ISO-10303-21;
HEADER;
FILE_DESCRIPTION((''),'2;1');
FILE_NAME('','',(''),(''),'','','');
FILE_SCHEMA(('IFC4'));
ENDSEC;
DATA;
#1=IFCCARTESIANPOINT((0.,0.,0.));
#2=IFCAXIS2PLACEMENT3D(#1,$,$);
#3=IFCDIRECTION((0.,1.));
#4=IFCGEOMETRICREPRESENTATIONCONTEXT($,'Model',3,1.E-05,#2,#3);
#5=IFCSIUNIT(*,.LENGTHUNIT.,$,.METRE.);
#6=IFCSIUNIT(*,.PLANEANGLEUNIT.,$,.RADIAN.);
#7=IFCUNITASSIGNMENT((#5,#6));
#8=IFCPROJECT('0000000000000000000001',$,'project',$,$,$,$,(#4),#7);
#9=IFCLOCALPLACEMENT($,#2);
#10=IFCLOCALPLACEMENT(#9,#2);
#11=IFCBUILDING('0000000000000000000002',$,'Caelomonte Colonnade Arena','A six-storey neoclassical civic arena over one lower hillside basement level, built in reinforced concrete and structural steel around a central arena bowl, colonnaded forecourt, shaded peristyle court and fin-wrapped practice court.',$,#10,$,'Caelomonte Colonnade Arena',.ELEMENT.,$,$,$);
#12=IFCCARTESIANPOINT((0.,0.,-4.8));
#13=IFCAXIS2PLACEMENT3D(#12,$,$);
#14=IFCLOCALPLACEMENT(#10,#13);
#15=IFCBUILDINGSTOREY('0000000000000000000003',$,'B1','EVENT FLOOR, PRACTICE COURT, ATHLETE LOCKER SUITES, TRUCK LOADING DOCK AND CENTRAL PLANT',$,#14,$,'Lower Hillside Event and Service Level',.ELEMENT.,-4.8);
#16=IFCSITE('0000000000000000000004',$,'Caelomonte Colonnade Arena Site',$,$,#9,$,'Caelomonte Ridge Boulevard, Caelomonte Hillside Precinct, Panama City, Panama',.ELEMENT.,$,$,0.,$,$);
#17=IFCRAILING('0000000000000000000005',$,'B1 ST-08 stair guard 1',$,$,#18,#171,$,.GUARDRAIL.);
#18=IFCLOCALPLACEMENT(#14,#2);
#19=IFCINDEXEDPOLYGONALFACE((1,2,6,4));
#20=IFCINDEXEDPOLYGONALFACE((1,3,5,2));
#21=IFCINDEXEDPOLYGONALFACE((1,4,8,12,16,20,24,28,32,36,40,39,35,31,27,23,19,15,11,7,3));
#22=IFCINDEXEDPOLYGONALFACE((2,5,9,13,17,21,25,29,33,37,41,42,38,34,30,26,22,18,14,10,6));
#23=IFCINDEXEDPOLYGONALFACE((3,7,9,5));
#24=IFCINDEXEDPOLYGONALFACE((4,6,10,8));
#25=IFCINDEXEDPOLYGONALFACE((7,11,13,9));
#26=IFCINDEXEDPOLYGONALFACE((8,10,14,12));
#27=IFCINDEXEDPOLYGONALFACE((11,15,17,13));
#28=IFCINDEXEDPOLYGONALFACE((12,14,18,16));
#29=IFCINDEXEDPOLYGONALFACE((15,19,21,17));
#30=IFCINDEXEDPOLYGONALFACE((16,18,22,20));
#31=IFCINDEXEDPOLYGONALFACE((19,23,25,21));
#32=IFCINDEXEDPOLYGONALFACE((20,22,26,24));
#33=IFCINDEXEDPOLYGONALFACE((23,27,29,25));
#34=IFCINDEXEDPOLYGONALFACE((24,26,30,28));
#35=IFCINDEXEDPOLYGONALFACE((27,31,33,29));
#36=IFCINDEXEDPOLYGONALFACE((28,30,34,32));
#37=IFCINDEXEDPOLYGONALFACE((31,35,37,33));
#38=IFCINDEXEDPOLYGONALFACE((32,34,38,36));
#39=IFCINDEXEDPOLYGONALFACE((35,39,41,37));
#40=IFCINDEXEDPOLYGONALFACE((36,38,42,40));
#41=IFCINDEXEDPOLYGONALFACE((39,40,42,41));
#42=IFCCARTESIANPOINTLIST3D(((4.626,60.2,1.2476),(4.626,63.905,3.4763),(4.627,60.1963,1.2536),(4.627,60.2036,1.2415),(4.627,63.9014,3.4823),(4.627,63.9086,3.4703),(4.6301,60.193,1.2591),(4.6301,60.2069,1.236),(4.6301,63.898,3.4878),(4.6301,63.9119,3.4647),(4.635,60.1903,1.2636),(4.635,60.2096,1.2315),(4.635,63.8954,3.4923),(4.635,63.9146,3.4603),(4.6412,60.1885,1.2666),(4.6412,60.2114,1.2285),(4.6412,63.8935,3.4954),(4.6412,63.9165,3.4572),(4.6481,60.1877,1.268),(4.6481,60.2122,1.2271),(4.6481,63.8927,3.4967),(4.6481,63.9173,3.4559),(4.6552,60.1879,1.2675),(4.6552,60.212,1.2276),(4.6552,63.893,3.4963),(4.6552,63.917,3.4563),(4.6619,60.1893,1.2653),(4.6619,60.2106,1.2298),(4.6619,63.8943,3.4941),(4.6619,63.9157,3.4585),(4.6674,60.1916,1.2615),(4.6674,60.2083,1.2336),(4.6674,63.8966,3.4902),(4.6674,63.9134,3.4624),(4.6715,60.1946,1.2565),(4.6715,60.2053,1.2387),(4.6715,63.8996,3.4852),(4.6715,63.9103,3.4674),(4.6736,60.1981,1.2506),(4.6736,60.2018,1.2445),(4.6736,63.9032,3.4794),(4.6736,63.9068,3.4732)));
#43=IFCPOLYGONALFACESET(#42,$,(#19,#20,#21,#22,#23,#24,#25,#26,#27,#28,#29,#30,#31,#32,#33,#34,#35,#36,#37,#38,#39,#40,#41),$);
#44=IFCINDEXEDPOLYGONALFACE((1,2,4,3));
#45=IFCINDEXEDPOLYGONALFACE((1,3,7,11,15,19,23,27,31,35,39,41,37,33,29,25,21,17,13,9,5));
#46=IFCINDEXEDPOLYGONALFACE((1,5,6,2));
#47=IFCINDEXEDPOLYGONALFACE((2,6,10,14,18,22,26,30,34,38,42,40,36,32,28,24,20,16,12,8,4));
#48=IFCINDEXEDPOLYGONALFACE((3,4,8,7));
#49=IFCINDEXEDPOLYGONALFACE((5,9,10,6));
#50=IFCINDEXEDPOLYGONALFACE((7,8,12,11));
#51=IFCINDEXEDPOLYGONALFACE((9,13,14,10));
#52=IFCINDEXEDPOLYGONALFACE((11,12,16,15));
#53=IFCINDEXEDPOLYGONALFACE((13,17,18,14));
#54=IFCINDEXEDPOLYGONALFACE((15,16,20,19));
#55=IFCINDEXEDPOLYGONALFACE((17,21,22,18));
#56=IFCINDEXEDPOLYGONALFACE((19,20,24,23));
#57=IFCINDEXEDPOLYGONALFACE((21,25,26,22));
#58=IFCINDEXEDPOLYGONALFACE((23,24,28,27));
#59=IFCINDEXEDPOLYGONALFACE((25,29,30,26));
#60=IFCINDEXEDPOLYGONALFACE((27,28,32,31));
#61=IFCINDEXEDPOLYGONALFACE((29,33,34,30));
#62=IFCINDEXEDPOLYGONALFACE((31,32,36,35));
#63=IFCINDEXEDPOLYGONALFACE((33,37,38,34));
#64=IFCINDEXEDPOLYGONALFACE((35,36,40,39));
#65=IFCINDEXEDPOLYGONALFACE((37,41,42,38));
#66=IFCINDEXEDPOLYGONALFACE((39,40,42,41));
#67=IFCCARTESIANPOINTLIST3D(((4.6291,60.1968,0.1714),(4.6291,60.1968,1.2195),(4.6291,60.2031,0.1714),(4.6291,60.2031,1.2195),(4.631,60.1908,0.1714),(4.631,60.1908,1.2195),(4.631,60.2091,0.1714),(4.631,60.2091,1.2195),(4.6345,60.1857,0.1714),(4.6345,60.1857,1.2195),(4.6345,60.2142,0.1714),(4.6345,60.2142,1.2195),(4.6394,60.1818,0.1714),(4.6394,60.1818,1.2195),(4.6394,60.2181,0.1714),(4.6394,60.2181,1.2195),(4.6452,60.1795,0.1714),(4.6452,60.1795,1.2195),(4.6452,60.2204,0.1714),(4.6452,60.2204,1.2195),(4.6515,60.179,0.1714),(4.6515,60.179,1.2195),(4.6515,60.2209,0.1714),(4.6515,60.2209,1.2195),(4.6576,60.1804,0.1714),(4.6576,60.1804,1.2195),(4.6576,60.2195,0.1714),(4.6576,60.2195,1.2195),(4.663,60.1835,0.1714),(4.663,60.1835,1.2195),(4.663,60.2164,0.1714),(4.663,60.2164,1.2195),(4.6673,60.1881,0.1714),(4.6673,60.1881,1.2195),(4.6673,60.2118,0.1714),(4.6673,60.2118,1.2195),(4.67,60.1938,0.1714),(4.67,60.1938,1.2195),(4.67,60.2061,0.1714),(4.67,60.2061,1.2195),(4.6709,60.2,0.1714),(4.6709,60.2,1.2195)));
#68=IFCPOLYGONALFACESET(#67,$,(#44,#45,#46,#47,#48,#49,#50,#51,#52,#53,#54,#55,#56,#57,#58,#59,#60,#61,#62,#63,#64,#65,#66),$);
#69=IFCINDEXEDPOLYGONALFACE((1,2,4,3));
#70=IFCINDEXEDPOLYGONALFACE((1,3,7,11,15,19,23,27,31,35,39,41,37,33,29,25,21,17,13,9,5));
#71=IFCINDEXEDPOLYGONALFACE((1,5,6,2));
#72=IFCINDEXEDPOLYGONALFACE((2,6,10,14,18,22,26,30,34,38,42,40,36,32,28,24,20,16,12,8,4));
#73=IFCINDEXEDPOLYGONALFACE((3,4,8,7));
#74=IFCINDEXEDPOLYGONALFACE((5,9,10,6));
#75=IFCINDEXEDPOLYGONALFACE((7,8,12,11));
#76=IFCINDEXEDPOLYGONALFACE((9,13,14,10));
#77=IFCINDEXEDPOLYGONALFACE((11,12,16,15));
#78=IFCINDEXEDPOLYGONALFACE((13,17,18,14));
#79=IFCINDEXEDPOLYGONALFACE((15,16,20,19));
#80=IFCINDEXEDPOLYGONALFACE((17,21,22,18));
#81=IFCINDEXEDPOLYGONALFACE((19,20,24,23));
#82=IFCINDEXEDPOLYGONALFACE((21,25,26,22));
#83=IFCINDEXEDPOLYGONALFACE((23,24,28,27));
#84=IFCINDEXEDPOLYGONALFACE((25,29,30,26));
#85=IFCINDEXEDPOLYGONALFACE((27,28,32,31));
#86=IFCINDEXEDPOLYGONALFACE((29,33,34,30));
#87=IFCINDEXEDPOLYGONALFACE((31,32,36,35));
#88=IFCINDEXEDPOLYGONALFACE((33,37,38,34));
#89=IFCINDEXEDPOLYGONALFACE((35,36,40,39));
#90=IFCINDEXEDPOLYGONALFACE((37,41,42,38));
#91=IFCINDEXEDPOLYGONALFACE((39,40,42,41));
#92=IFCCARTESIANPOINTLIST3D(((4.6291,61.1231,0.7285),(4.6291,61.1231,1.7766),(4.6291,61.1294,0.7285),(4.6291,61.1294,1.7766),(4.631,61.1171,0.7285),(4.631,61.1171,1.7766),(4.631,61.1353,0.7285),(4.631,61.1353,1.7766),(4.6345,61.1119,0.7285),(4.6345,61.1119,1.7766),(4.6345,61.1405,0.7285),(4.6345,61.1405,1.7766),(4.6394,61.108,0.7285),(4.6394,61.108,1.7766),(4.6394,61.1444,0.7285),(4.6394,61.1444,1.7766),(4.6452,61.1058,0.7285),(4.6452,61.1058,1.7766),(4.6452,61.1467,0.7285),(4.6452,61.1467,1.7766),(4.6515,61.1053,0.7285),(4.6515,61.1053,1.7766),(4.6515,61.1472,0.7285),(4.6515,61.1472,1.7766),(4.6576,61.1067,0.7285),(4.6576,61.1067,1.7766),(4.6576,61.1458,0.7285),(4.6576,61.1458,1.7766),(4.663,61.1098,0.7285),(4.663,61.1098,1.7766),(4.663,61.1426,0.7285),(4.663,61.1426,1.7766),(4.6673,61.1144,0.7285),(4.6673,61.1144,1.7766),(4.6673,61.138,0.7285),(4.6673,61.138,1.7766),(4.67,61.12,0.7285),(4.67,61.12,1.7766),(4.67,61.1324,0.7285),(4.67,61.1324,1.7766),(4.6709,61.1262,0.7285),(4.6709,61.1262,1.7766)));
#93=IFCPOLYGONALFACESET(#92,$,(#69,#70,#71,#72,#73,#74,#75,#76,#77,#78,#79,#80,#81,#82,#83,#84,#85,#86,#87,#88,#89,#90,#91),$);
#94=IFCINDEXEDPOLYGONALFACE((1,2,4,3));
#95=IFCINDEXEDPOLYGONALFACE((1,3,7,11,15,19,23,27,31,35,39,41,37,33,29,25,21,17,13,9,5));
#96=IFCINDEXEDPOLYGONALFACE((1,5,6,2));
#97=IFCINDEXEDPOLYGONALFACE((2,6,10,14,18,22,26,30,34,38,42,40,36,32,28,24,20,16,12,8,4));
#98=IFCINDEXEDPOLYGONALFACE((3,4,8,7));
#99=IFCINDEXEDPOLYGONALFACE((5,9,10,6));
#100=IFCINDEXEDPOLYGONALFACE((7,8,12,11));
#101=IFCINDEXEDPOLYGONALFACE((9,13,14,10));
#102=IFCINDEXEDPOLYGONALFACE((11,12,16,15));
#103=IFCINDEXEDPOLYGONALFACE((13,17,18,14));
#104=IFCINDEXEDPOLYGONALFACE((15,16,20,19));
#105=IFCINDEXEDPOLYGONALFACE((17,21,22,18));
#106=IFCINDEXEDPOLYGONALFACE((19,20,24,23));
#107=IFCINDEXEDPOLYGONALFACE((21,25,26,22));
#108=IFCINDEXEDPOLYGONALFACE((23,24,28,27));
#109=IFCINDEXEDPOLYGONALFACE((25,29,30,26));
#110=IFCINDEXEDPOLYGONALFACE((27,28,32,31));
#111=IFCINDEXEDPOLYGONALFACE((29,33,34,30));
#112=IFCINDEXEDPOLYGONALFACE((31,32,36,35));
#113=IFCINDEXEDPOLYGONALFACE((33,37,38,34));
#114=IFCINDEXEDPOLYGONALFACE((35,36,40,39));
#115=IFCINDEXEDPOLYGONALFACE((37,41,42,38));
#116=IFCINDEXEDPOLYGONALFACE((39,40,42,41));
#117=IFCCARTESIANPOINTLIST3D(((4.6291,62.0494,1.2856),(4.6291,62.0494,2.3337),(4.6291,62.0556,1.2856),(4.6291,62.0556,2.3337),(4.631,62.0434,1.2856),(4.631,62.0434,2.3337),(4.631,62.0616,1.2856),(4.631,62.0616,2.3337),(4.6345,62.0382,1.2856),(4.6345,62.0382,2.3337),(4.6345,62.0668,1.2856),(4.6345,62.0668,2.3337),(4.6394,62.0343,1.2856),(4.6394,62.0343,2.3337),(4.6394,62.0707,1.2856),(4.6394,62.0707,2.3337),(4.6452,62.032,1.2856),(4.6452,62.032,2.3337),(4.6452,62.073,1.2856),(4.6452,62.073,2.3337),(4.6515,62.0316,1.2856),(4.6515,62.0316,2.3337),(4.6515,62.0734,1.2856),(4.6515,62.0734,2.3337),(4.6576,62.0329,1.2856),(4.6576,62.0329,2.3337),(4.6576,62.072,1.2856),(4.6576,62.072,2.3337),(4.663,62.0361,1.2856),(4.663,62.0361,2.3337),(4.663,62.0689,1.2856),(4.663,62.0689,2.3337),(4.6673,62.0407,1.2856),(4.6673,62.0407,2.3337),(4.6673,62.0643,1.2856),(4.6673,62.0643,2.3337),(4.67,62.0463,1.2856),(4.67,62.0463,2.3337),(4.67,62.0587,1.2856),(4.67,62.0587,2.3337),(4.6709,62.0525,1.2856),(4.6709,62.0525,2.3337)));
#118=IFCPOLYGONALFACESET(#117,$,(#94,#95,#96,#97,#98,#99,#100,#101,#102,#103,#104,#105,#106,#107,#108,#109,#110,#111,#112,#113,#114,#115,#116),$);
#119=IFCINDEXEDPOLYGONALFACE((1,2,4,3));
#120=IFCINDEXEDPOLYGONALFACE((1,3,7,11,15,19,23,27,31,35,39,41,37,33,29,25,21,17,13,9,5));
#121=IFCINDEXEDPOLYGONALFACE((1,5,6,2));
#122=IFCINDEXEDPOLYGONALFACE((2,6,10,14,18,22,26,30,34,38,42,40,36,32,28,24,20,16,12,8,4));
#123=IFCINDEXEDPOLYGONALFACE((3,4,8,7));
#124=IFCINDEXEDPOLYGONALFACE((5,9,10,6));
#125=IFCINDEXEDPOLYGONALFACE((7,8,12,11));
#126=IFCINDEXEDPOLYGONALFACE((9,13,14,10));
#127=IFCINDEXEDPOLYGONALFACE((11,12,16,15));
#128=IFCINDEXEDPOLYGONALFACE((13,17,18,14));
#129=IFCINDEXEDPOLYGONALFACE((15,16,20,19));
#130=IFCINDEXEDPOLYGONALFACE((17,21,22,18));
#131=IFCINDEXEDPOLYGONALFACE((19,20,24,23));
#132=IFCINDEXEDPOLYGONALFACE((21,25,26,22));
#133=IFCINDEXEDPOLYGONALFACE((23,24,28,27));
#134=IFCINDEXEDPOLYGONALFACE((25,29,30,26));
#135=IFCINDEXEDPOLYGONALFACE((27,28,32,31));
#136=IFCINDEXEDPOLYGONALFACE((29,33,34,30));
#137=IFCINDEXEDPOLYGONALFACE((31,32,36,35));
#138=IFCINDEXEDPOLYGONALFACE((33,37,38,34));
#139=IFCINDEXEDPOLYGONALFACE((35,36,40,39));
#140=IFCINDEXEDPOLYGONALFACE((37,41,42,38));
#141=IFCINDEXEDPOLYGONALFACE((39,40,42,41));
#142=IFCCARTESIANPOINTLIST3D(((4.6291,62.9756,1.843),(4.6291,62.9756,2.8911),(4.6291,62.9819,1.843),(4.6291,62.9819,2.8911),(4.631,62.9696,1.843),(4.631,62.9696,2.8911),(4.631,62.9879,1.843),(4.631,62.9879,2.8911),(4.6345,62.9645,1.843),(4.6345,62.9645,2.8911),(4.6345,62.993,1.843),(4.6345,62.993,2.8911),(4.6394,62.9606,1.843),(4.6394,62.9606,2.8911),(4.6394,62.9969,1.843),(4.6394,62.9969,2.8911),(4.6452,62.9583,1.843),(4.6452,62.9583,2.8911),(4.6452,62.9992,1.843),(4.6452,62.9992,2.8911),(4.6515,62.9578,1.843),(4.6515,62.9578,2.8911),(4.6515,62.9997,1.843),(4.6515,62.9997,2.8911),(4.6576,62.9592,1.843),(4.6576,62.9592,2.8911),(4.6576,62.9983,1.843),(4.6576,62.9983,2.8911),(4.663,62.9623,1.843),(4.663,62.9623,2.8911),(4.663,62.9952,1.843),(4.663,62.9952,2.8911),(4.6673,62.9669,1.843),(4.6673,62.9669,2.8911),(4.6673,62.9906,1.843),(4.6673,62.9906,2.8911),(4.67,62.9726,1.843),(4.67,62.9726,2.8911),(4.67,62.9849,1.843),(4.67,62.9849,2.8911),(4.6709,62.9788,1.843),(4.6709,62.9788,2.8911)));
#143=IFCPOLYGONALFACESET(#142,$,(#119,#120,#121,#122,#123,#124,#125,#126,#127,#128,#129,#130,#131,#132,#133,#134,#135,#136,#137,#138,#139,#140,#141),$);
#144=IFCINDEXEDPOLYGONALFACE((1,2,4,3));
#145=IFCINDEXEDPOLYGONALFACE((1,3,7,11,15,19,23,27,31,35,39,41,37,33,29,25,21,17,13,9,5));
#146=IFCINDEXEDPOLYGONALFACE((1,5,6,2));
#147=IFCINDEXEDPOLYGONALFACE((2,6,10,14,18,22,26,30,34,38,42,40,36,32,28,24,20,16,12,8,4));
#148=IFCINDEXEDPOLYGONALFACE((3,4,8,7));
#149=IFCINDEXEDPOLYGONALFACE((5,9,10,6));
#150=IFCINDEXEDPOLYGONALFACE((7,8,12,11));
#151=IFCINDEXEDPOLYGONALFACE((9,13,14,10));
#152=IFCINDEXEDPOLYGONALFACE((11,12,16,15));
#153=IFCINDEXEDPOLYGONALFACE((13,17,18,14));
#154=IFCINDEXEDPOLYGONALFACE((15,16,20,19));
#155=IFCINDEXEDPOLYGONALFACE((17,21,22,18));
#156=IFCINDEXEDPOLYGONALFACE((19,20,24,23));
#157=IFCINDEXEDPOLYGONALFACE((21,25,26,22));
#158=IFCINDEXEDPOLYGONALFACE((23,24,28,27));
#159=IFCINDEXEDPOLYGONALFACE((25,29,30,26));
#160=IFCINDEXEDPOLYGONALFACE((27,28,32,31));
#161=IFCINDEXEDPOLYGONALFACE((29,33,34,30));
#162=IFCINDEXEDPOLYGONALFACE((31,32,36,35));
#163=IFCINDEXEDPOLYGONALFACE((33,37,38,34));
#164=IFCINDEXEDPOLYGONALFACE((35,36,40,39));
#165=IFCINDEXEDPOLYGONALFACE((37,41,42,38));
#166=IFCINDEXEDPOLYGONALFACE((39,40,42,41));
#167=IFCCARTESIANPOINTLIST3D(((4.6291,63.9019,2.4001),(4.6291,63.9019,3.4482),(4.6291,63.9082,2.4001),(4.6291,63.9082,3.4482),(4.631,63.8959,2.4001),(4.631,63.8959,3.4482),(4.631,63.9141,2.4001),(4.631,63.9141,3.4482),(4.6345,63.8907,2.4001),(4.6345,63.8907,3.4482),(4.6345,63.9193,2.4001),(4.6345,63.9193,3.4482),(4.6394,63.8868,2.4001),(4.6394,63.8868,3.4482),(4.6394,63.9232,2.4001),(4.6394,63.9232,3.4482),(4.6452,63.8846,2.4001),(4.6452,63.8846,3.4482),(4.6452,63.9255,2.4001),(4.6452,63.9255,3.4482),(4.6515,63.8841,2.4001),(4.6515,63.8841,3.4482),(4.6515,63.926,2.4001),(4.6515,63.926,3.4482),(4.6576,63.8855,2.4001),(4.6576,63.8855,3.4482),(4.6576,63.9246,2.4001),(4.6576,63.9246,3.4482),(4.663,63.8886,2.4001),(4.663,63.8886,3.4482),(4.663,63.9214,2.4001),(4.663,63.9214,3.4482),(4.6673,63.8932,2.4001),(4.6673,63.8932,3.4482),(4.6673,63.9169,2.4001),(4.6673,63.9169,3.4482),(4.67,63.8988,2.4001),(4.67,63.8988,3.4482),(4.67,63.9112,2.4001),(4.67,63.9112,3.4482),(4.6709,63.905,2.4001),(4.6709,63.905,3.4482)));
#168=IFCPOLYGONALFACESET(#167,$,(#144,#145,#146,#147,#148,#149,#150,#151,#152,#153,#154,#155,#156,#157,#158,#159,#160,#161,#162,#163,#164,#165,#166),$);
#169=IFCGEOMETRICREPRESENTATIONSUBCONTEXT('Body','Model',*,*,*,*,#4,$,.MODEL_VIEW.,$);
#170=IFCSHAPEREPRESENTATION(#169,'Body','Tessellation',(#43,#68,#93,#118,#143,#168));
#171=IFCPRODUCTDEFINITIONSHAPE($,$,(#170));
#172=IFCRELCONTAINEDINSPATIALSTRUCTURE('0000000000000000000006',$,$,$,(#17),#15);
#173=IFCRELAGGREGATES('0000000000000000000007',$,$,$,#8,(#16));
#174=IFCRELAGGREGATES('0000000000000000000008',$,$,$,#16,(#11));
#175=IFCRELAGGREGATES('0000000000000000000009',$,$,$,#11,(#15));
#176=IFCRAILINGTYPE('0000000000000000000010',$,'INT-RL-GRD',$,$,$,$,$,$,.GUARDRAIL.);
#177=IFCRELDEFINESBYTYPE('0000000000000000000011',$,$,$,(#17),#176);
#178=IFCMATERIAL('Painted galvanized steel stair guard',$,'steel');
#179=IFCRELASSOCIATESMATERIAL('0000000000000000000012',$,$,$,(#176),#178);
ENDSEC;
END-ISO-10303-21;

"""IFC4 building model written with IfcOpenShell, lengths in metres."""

from ifc_helpers import new_model, si_unit, direction, frame, origin, origin_2d, place, context, subcontext, project, spatial, circle, extrude, material, type_object, element, save


model = new_model("IFC4")

# Units and contexts
model_context = context("Model", 3, precision=1e-05, world=origin(), true_north=direction((0.0, 1.0)))
body_context = subcontext(model_context, "Body", "Model", "MODEL_VIEW")
ifc_project = project(units=[si_unit("LENGTHUNIT", "METRE"), si_unit("PLANEANGLEUNIT", "RADIAN")], contexts=[model_context])

# Site, building, storey
site_placement = place(None, origin())
site = spatial("IfcSite", under=ifc_project, at=site_placement, Name="Caelomonte Colonnade Arena Site", LongName="Caelomonte Ridge Boulevard, Caelomonte Hillside Precinct, Panama City, Panama", CompositionType="ELEMENT", RefElevation=0.0)
building_placement = place(site_placement, origin())
building = spatial("IfcBuilding", under=site, at=building_placement, Name="Caelomonte Colonnade Arena", Description="A six-storey neoclassical civic arena over one lower hillside basement level, built in reinforced concrete and structural steel around a central arena bowl, colonnaded forecourt, shaded peristyle court and fin-wrapped practice court.", LongName="Caelomonte Colonnade Arena", CompositionType="ELEMENT")
storey_placement = place(building_placement, frame((0.0, 0.0, -4.8)))
storey = spatial("IfcBuildingStorey", under=building, at=storey_placement, Name="B1", Description="EVENT FLOOR, PRACTICE COURT, ATHLETE LOCKER SUITES, TRUCK LOADING DOCK AND CENTRAL PLANT", LongName="Lower Hillside Event and Service Level", CompositionType="ELEMENT", Elevation=-4.8)

# Railing
ifc_material_1 = material(Name="Painted galvanized steel stair guard", Category="steel")
railing_type_1 = type_object("IfcRailingType", Name="INT-RL-GRD", PredefinedType="GUARDRAIL", material=ifc_material_1)
railing_1_placement = place(storey_placement, frame((4.6499, 60.2, 0.1714)))
element("IfcRailing", 1, at=railing_1_placement, inside=storey, type_object=railing_type_1, Name="B1 ST-08 stair guard 1", PredefinedType="GUARDRAIL", context=body_context, shape_type="SweptSolid", body=[
    extrude(circle(Radius=0.0239, at=origin_2d()), frame((0.0, 0.0, 1.0762), z_axis=(0.0, 0.856909, 0.515467), x_axis=(-1.0, 0.0, 0.0)), (0.0, 0.0, 1.0), 4.3237),
    extrude(circle(Radius=0.021, at=origin_2d()), origin(), (0.0, 0.0, 1.0), 1.0481),
    extrude(circle(Radius=0.021, at=origin_2d()), frame((0.0, 0.9263, 0.5571)), (0.0, 0.0, 1.0), 1.0481),
    extrude(circle(Radius=0.021, at=origin_2d()), frame((0.0, 1.8525, 1.1143)), (0.0, 0.0, 1.0), 1.0481),
    extrude(circle(Radius=0.021, at=origin_2d()), frame((0.0, 2.7788, 1.6716)), (0.0, 0.0, 1.0), 1.0481),
    extrude(circle(Radius=0.021, at=origin_2d()), frame((0.0, 3.7051, 2.2288)), (0.0, 0.0, 1.0), 1.0481),
])

save(model, "model.ifc")
